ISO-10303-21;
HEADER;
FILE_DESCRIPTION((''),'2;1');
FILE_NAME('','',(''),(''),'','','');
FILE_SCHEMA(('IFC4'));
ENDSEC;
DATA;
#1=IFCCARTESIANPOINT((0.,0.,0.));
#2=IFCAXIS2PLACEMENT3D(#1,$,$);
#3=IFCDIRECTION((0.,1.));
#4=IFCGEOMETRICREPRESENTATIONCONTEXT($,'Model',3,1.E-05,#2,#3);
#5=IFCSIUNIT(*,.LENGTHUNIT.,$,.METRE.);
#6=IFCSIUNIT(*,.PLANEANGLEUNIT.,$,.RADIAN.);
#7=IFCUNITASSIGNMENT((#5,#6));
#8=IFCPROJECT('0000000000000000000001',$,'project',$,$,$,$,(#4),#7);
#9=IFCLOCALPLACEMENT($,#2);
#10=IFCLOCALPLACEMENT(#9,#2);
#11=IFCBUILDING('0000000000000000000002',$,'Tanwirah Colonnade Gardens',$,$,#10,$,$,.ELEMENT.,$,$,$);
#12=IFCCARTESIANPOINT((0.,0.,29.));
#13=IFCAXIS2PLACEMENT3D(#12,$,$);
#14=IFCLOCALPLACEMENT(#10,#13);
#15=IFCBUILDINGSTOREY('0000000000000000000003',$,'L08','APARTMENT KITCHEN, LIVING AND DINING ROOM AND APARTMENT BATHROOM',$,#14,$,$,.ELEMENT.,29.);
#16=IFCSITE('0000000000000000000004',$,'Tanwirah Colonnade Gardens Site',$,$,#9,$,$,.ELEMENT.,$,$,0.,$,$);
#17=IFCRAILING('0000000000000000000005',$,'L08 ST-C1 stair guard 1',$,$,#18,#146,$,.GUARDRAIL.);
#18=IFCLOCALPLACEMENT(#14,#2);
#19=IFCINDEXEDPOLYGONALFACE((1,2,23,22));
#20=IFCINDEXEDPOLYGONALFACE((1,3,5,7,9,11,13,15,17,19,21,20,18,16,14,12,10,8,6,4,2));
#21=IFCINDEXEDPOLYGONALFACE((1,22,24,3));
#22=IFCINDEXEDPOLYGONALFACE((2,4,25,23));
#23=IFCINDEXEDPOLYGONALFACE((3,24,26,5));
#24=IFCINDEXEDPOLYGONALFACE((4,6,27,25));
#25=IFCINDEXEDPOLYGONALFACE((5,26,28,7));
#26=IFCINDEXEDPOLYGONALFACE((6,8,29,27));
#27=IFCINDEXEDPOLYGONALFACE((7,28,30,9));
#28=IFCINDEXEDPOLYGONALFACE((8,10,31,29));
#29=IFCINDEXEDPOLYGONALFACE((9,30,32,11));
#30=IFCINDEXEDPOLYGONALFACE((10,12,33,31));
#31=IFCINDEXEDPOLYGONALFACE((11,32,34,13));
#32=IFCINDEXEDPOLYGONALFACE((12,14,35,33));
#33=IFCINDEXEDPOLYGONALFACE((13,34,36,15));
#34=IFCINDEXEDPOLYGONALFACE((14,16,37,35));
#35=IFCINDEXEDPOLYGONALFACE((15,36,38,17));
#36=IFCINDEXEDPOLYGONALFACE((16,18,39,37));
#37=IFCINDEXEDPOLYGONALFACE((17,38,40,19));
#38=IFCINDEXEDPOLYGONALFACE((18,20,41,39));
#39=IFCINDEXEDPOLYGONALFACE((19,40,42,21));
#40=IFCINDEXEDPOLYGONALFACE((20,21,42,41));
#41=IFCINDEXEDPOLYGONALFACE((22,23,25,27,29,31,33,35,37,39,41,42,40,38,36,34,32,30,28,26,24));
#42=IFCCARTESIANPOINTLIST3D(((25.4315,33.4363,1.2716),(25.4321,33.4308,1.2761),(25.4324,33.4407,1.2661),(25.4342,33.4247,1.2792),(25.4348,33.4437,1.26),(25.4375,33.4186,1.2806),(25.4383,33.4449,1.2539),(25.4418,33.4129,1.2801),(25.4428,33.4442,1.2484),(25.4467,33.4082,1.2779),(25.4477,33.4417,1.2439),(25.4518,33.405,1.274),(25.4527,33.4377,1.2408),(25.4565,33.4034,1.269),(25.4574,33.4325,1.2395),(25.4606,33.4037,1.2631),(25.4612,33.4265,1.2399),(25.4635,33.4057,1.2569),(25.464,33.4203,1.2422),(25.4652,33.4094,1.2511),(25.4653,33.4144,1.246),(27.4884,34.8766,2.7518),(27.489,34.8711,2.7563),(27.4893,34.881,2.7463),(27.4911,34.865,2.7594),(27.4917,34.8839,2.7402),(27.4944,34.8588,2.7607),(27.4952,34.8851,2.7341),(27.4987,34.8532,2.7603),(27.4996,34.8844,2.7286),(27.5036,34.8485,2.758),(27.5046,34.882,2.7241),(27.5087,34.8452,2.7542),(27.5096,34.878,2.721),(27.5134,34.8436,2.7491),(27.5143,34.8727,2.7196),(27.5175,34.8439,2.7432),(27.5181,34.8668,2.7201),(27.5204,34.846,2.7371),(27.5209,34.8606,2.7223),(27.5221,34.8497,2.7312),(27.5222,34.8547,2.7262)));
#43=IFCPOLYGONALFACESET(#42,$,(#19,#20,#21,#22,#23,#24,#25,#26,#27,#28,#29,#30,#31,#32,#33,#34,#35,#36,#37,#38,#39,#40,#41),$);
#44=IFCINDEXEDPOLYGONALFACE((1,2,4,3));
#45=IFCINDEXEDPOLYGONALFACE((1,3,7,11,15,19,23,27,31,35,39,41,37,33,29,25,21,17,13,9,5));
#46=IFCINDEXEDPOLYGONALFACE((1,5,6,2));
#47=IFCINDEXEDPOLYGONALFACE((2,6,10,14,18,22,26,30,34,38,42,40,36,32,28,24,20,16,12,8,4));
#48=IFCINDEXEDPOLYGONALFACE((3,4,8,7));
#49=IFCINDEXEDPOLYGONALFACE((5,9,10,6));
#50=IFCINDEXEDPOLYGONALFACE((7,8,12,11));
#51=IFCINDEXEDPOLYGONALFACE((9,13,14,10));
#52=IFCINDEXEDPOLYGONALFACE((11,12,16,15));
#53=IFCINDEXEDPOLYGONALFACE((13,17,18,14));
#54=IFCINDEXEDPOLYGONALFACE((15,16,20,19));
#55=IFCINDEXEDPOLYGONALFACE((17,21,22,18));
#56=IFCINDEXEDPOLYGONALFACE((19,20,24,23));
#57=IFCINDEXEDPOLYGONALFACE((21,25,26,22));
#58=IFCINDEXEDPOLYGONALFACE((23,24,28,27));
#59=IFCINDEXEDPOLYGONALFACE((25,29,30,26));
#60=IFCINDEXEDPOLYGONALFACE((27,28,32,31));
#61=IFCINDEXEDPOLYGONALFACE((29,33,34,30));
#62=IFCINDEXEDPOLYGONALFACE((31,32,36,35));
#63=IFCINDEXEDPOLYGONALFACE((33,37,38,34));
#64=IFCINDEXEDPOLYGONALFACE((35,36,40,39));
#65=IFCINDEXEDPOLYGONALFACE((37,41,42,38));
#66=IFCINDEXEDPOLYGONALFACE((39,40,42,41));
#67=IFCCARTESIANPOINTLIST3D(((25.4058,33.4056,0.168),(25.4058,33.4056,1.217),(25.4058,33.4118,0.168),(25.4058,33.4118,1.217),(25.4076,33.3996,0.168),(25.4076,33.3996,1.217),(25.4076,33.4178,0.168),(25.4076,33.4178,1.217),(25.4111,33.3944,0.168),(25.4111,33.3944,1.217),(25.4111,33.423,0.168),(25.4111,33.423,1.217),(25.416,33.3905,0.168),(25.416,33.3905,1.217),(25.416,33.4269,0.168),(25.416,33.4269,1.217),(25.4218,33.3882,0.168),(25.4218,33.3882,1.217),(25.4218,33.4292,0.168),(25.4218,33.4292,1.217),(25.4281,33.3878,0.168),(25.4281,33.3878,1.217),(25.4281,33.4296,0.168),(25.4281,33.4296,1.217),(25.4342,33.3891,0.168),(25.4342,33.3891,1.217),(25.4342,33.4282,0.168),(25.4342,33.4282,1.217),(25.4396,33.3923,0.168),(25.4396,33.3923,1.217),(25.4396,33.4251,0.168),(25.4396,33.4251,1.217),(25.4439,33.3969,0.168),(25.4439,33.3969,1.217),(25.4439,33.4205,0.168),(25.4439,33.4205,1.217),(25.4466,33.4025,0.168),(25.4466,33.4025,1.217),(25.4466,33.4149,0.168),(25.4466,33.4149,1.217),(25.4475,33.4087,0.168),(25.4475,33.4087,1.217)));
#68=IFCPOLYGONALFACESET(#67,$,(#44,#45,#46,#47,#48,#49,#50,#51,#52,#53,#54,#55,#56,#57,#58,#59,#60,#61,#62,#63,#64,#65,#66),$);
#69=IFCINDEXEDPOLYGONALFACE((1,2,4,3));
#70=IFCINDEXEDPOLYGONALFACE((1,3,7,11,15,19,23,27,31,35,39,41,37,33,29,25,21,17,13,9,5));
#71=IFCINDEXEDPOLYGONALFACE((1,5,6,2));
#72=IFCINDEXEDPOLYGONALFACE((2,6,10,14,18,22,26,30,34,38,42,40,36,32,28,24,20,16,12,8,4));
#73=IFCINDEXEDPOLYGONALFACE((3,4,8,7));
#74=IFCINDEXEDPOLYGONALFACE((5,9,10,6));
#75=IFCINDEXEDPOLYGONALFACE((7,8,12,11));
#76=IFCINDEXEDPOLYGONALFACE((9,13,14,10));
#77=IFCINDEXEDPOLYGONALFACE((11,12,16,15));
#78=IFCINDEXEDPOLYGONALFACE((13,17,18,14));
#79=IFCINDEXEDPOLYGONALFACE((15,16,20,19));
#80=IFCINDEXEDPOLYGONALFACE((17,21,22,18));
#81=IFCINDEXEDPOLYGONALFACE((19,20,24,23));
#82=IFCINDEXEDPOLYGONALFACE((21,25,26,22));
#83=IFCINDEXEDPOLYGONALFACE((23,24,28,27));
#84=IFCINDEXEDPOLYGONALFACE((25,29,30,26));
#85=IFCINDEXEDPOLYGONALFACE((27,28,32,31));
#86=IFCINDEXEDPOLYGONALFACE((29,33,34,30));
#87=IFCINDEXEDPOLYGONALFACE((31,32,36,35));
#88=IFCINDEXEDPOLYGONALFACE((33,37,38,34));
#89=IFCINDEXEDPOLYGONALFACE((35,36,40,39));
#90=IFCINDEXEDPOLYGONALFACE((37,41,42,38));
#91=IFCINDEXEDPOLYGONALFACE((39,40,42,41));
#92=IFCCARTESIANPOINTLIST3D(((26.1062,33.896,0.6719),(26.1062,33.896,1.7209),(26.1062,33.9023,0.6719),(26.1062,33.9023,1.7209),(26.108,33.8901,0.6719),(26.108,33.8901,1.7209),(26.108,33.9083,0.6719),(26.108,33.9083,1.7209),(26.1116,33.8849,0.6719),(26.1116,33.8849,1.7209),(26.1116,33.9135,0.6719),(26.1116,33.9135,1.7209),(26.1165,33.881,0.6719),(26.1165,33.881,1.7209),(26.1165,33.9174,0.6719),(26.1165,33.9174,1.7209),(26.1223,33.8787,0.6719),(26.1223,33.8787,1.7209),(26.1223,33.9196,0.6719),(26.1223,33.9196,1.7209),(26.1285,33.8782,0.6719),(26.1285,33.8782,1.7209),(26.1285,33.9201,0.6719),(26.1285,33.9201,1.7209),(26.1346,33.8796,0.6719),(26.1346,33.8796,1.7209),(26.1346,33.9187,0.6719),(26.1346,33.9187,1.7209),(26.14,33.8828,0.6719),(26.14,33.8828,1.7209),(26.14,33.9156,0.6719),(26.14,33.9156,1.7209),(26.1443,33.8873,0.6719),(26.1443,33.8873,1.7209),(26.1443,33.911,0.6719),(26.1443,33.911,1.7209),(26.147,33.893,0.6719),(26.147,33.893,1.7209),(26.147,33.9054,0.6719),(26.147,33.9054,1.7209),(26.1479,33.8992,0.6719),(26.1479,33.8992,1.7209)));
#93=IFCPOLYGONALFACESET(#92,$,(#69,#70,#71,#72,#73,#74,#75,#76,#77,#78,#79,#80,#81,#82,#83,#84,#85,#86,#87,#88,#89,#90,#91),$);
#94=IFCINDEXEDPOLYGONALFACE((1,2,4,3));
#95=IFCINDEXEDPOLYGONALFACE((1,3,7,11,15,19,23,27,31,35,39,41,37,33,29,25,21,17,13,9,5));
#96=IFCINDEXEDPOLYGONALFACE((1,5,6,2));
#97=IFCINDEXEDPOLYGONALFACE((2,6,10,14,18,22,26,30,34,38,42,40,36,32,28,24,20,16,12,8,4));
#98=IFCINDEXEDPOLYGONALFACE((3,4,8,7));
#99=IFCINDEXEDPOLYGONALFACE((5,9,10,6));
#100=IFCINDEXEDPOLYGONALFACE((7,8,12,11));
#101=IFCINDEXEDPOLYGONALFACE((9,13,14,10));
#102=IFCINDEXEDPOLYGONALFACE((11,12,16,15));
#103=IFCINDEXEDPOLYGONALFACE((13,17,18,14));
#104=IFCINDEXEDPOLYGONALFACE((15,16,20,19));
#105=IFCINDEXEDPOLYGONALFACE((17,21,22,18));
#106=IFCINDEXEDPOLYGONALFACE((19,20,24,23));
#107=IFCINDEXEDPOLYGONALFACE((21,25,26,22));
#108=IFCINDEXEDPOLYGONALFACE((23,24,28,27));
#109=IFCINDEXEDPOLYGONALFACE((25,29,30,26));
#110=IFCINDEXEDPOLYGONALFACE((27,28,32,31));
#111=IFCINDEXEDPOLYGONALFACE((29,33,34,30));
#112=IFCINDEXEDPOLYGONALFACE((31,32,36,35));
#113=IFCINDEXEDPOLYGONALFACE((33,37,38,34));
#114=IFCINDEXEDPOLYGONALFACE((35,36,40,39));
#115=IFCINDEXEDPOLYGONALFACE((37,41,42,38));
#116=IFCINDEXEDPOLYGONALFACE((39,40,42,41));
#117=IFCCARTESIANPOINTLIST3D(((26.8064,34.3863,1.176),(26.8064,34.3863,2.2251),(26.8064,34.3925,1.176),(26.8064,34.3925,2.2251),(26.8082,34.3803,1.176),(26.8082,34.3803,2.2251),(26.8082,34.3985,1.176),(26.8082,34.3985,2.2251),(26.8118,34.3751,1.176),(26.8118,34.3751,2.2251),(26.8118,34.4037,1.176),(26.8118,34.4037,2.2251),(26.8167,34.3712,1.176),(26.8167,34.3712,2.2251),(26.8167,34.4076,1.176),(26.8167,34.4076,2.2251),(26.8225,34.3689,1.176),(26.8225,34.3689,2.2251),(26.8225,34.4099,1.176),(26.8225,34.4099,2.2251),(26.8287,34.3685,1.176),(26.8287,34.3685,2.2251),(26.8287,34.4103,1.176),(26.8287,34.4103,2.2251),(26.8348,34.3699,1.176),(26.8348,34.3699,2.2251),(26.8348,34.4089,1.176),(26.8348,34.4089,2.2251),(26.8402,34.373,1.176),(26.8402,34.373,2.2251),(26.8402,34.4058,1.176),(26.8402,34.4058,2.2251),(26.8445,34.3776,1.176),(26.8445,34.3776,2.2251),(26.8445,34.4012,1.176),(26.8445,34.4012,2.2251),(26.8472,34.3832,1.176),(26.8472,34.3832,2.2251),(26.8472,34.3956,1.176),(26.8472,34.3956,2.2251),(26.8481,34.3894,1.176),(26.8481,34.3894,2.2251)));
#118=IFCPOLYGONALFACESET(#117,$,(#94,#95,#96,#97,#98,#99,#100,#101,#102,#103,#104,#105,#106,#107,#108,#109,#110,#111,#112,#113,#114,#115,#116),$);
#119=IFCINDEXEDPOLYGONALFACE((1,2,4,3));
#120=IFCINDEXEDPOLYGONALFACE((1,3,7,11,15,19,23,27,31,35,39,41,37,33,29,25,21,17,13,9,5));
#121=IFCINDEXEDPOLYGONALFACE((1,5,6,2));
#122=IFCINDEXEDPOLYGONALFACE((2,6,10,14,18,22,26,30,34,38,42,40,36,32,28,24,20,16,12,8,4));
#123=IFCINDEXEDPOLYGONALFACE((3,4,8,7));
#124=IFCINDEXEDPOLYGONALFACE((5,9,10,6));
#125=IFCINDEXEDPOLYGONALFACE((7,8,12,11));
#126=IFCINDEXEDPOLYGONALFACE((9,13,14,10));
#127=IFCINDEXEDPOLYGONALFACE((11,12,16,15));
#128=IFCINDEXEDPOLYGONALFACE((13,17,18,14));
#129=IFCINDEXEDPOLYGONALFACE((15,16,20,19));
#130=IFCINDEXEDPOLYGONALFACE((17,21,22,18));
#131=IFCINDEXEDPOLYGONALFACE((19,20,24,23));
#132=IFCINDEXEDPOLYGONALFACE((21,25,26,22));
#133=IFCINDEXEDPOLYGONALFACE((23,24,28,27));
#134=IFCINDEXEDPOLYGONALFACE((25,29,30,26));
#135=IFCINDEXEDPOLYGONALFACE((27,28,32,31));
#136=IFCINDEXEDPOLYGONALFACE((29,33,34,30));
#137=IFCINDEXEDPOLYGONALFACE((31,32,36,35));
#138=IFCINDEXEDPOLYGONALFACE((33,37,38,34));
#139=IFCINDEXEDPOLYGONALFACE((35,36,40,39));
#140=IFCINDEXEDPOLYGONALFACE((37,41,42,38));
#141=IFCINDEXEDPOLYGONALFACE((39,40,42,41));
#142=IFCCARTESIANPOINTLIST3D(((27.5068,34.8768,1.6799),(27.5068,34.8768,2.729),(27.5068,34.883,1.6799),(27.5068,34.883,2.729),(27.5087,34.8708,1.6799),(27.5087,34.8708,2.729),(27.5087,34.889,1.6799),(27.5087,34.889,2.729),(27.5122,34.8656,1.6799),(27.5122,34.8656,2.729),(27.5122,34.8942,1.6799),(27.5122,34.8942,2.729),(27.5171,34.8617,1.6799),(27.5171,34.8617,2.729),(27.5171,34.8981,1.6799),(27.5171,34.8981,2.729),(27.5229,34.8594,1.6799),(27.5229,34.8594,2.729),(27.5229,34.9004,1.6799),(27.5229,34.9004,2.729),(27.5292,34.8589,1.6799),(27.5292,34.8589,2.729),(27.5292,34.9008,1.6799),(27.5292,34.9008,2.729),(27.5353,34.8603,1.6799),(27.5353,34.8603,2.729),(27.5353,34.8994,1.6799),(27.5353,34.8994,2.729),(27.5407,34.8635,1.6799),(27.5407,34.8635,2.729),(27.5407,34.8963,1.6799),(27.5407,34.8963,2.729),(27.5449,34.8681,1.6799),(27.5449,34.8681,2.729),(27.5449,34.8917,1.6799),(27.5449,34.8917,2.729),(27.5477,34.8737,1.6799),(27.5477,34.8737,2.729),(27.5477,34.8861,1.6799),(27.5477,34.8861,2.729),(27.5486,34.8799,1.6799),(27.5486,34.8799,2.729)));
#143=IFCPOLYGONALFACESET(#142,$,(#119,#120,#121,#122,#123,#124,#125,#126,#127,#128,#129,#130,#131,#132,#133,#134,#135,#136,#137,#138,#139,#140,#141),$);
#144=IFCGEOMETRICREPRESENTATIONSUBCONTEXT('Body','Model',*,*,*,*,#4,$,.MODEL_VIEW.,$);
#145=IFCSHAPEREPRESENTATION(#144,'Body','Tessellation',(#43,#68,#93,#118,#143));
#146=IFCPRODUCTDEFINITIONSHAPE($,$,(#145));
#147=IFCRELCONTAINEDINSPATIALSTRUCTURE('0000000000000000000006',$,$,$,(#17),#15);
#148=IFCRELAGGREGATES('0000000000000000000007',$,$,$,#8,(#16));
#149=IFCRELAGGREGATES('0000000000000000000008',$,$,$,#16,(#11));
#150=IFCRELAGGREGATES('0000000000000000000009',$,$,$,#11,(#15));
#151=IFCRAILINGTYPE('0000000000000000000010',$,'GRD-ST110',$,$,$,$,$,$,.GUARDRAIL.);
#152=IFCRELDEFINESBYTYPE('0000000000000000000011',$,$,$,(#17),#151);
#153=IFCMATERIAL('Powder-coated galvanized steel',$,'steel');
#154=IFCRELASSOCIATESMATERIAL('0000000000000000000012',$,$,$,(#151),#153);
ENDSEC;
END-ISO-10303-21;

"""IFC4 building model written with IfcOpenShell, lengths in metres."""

from ifc_helpers import new_model, si_unit, direction, frame, origin, origin_2d, place, context, subcontext, project, spatial, circle, extrude, material, type_object, element, save


model = new_model("IFC4")

# Units and contexts
model_context = context("Model", 3, precision=1e-05, world=origin(), true_north=direction((0.0, 1.0)))
body_context = subcontext(model_context, "Body", "Model", "MODEL_VIEW")
ifc_project = project(units=[si_unit("LENGTHUNIT", "METRE"), si_unit("PLANEANGLEUNIT", "RADIAN")], contexts=[model_context])

# Site, building, storey
site_placement = place(None, origin())
site = spatial("IfcSite", under=ifc_project, at=site_placement, Name="Tanwirah Colonnade Gardens Site", CompositionType="ELEMENT", RefElevation=0.0)
building_placement = place(site_placement, origin())
building = spatial("IfcBuilding", under=site, at=building_placement, Name="Tanwirah Colonnade Gardens", CompositionType="ELEMENT")
storey_placement = place(building_placement, frame((0.0, 0.0, 29.0)))
storey = spatial("IfcBuildingStorey", under=building, at=storey_placement, Name="L08", Description="APARTMENT KITCHEN, LIVING AND DINING ROOM AND APARTMENT BATHROOM", CompositionType="ELEMENT", Elevation=29.0)

# Railing
ifc_material_1 = material(Name="Powder-coated galvanized steel", Category="steel")
railing_type_1 = type_object("IfcRailingType", Name="GRD-ST110", PredefinedType="GUARDRAIL", material=ifc_material_1)
railing_1_placement = place(storey_placement, frame((25.4265, 33.4087, 0.168)))
element("IfcRailing", 1, at=railing_1_placement, inside=storey, type_object=railing_type_1, Name="L08 ST-C1 stair guard 1", PredefinedType="GUARDRAIL", context=body_context, shape_type="SweptSolid", body=[
    extrude(circle(Radius=0.0239, at=origin_2d()), frame((0.022, 0.0154, 1.092), z_axis=(0.705673, 0.494118, 0.507812), x_axis=(-0.573577, 0.819151, 0.0)), (0.0, 0.0, 1.0), 2.9148),
    extrude(circle(Radius=0.021, at=origin_2d()), origin(), (0.0, 0.0, 1.0), 1.0491),
    extrude(circle(Radius=0.021, at=origin_2d()), frame((0.7004, 0.4905, 0.5039)), (0.0, 0.0, 1.0), 1.0491),
    extrude(circle(Radius=0.021, at=origin_2d()), frame((1.4006, 0.9807, 1.0081)), (0.0, 0.0, 1.0), 1.0491),
    extrude(circle(Radius=0.021, at=origin_2d()), frame((2.1011, 1.4712, 1.512)), (0.0, 0.0, 1.0), 1.0491),
])

save(model, "model.ifc")
